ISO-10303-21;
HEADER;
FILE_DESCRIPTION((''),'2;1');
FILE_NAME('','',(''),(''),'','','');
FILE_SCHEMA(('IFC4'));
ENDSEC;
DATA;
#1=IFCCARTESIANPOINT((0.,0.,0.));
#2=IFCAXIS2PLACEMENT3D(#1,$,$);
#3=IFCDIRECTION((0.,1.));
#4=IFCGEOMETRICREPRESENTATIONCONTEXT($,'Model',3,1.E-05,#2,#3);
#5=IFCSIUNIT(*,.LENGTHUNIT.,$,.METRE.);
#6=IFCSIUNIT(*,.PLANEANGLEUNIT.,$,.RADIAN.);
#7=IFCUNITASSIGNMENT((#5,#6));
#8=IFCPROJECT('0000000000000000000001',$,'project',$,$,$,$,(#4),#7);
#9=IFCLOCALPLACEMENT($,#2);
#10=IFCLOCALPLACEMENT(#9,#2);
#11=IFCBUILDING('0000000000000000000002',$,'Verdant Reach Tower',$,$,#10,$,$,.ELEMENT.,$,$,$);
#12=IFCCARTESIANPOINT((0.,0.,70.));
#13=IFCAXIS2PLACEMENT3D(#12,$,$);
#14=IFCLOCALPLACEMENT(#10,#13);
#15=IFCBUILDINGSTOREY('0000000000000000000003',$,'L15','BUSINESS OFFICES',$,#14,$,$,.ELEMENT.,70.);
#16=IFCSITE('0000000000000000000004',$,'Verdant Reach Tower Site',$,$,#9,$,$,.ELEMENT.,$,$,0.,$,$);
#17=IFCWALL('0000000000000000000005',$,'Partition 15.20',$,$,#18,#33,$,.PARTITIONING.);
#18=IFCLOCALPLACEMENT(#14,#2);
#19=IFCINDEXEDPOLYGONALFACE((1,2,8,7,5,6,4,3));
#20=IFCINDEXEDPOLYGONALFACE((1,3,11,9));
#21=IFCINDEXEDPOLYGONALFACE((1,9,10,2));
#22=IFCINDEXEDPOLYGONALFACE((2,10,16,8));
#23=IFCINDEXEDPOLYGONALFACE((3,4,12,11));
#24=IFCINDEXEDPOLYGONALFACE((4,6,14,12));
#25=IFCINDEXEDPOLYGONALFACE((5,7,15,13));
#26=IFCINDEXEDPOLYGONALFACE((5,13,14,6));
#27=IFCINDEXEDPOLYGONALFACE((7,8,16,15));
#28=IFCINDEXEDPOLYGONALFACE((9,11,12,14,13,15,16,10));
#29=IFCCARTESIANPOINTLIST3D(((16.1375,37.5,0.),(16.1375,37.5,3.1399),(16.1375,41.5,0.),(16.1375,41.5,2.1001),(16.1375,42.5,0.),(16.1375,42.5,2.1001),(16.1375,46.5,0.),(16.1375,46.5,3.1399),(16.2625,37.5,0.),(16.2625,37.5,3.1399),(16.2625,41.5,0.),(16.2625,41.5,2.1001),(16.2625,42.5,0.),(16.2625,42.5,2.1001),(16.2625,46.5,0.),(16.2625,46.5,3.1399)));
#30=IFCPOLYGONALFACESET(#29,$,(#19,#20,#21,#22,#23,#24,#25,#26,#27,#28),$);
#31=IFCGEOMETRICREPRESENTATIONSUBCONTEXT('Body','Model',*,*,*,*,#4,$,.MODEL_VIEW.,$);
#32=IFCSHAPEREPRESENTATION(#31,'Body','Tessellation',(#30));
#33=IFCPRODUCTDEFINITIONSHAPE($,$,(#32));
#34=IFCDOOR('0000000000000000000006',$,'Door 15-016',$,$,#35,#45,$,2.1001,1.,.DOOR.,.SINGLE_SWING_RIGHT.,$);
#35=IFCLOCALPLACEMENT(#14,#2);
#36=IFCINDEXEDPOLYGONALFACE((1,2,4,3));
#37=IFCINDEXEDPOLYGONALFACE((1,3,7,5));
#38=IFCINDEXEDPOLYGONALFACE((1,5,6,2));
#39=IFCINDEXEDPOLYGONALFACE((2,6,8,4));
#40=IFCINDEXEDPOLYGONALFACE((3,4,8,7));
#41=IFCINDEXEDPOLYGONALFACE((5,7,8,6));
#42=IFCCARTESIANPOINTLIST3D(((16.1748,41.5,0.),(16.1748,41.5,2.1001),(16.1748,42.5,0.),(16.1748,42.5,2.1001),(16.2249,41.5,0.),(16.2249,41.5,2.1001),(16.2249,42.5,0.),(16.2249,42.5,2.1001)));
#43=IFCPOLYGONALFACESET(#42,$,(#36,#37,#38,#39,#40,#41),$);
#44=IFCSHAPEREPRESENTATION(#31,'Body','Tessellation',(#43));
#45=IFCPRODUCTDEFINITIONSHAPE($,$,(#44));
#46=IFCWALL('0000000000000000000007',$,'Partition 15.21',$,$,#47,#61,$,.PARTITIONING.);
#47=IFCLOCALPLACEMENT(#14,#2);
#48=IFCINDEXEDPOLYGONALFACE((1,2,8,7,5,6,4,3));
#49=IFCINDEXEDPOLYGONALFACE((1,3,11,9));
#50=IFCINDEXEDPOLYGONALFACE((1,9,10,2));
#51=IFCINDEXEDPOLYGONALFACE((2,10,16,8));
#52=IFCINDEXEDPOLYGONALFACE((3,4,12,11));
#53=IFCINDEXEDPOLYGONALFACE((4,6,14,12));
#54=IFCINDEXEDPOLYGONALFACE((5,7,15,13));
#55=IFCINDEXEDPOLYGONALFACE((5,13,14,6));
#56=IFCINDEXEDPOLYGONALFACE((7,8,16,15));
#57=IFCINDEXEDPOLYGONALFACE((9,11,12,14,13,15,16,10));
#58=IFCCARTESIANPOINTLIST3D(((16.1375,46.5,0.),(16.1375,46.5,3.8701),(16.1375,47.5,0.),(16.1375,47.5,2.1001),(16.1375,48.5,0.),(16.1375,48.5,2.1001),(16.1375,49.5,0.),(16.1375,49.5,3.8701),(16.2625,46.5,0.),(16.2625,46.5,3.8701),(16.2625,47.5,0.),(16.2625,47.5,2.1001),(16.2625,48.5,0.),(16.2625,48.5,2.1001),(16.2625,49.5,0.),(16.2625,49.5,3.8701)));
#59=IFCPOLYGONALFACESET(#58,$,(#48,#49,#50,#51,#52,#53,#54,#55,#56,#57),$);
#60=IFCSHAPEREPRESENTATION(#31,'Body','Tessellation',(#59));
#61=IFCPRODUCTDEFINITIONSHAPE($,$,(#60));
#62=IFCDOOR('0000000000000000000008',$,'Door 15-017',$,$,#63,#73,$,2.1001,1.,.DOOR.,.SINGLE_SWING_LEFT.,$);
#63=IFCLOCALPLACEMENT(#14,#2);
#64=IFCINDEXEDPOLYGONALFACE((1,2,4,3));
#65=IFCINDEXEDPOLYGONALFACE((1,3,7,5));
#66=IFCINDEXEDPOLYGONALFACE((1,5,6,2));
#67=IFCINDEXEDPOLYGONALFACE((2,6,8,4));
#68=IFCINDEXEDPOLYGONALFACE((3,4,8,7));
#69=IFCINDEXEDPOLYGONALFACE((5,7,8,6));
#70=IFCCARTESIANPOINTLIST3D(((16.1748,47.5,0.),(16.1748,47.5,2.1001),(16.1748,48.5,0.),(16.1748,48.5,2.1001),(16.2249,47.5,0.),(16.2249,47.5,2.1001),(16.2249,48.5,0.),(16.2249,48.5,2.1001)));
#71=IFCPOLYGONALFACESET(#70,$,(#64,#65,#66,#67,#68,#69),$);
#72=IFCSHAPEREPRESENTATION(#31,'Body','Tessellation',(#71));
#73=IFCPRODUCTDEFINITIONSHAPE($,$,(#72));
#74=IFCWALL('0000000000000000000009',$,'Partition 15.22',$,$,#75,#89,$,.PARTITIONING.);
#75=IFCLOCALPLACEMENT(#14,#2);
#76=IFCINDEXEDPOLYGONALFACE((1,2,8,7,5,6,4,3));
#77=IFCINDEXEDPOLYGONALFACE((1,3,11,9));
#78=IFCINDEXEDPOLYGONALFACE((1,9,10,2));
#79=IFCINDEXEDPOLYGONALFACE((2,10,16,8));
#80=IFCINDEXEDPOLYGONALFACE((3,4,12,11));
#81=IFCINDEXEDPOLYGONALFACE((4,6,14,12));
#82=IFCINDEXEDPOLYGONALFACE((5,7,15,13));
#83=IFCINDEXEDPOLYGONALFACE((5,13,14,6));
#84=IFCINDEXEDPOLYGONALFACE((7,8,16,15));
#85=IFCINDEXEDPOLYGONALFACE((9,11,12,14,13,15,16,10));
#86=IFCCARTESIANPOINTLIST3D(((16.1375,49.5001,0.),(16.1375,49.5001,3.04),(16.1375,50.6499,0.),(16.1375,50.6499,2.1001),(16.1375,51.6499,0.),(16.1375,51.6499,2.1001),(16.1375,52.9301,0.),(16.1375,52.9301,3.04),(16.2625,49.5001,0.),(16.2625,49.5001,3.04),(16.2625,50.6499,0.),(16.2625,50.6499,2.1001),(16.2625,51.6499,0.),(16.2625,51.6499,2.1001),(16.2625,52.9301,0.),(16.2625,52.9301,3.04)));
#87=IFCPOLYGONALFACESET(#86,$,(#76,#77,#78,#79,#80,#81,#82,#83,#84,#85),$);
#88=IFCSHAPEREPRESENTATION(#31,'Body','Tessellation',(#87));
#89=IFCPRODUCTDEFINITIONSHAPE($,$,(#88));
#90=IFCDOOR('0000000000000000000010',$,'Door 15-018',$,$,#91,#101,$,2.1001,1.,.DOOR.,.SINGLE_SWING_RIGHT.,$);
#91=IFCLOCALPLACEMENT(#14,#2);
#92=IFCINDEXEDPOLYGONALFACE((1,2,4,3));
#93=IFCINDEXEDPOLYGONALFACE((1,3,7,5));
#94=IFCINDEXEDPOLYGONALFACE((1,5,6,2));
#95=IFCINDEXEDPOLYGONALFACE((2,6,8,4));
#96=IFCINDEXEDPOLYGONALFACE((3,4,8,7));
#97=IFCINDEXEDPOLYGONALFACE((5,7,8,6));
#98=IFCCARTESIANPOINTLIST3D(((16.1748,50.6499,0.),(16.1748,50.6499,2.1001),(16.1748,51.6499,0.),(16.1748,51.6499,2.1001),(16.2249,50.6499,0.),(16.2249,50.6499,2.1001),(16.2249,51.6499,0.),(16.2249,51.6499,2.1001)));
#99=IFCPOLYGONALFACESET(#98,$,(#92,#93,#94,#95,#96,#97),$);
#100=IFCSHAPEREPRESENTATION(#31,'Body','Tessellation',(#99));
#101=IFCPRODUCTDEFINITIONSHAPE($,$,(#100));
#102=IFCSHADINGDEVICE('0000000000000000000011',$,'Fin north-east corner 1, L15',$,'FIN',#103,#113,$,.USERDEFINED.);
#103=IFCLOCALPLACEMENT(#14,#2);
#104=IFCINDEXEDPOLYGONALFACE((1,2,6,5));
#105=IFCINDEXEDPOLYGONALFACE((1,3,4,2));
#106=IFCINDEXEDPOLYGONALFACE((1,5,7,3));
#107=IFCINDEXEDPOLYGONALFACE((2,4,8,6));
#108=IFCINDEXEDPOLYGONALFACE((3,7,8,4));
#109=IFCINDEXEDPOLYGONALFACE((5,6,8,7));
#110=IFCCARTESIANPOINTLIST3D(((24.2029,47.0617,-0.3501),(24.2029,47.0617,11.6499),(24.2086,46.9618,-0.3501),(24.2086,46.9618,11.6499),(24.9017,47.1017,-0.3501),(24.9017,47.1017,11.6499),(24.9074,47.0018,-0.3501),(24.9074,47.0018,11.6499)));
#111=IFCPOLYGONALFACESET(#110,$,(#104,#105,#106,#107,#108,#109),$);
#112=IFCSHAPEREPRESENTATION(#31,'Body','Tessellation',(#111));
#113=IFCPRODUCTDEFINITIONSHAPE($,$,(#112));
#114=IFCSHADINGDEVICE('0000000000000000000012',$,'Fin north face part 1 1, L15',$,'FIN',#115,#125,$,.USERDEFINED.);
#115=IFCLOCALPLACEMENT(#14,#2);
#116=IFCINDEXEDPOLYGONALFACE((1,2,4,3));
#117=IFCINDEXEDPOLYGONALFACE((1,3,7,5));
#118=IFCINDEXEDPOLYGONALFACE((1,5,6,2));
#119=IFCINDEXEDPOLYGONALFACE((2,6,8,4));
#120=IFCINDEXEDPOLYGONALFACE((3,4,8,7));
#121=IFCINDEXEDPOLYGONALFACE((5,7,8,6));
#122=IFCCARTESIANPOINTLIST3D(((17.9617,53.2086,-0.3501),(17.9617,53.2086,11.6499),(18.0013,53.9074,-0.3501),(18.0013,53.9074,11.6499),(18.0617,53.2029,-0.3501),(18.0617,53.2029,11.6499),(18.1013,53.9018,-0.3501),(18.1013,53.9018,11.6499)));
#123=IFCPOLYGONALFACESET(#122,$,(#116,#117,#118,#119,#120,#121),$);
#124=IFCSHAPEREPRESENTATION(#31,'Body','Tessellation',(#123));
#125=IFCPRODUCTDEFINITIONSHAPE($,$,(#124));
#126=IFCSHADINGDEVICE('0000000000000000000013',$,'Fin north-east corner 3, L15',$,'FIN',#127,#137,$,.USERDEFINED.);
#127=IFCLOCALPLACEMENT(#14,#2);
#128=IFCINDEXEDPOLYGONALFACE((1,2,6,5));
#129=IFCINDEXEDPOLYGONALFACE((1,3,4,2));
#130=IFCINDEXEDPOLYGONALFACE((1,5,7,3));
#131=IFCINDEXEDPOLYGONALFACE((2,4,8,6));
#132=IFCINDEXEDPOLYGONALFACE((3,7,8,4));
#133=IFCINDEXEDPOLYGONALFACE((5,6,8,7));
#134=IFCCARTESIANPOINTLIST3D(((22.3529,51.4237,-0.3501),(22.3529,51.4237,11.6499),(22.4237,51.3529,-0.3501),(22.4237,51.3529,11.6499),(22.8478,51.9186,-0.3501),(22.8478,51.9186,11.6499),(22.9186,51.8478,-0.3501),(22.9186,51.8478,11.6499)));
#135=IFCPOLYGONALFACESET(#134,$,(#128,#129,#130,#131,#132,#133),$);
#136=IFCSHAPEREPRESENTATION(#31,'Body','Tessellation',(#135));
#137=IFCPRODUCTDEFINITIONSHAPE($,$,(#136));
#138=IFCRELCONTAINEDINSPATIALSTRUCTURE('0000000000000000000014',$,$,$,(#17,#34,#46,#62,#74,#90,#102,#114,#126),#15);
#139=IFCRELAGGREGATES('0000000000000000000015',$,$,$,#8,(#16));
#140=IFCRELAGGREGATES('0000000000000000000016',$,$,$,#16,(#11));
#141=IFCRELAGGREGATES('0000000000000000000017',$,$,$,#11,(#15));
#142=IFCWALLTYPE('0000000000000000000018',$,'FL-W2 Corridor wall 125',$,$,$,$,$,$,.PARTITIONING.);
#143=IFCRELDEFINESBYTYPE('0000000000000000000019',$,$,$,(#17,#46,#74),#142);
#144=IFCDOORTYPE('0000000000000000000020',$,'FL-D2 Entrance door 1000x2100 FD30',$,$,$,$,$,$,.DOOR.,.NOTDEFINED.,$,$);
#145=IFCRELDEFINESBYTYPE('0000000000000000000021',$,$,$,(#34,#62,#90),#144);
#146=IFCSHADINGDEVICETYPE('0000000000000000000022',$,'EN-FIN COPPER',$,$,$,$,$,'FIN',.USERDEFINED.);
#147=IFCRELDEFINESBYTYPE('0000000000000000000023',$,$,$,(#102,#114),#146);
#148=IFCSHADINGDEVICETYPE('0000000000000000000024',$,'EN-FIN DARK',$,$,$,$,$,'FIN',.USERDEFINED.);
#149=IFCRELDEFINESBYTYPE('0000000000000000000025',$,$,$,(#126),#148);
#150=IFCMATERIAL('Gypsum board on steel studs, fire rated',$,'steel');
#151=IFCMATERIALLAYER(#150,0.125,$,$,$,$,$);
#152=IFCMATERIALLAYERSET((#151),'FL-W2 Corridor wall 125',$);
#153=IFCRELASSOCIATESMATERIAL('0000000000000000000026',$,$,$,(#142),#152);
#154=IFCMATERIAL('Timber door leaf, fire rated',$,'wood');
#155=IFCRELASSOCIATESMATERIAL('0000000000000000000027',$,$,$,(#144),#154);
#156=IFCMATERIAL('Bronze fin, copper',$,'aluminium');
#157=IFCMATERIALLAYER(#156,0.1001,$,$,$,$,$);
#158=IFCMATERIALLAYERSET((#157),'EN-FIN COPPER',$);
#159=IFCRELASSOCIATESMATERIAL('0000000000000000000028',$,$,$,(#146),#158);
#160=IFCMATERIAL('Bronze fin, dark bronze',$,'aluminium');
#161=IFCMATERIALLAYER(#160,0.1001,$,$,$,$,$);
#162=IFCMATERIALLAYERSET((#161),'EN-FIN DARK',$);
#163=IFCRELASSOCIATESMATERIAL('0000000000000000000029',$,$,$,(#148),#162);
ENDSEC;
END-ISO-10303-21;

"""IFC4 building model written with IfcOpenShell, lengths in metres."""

from ifc_helpers import new_model, si_unit, direction, frame, frame_2d, origin, origin_2d, place, context, subcontext, project, spatial, rectangle, extrude, material, layer, layer_set, type_object, element, fill, save


model = new_model("IFC4")

# Units and contexts
model_context = context("Model", 3, precision=1e-05, world=origin(), true_north=direction((0.0, 1.0)))
body_context = subcontext(model_context, "Body", "Model", "MODEL_VIEW")
ifc_project = project(units=[si_unit("LENGTHUNIT", "METRE"), si_unit("PLANEANGLEUNIT", "RADIAN")], contexts=[model_context])

# Site, building, storey
site_placement = place(None, origin())
site = spatial("IfcSite", under=ifc_project, at=site_placement, Name="Verdant Reach Tower Site", CompositionType="ELEMENT", RefElevation=0.0)
building_placement = place(site_placement, origin())
building = spatial("IfcBuilding", under=site, at=building_placement, Name="Verdant Reach Tower", CompositionType="ELEMENT")
storey_placement = place(building_placement, frame((0.0, 0.0, 70.0)))
storey = spatial("IfcBuildingStorey", under=building, at=storey_placement, Name="L15", Description="BUSINESS OFFICES", CompositionType="ELEMENT", Elevation=70.0)

# Walls, openings, doors
ifc_material_1 = material(Name="Gypsum board on steel studs, fire rated", Category="steel")
ifc_layer_1 = layer(ifc_material_1, 0.125)
ifc_layer_set_1 = layer_set([ifc_layer_1], Name="FL-W2 Corridor wall 125")
wall_type_1 = type_object("IfcWallType", Name="FL-W2 Corridor wall 125", PredefinedType="PARTITIONING", material=ifc_layer_set_1)
wall_1_placement = place(storey_placement, frame((16.2, 46.5, 0.0), z_axis=(0.0, 0.0, 1.0), x_axis=(0.0, -1.0, 0.0)))
wall_1 = element("IfcWall", 1, at=wall_1_placement, inside=storey, type_object=wall_type_1, Name="Partition 15.20", PredefinedType="PARTITIONING", context=body_context, shape_type="SweptSolid", body=[
    extrude(rectangle(XDim=9.0, YDim=0.125, at=frame_2d((4.5, 0.0))), origin(), (0.0, 0.0, 1.0), 3.1399),
])
opening_1_placement = place(wall_1_placement, frame((4.0, 0.0, 0.0)))
opening_1 = element("IfcOpeningElement", 2, at=opening_1_placement, cuts=wall_1, PredefinedType="OPENING", context=body_context, shape_type="SweptSolid", body=[
    extrude(rectangle(XDim=1.0, YDim=2.1001, at=frame_2d((0.5, 1.05))), frame((0.0, 0.0725, 0.0), z_axis=(0.0, -1.0, 0.0), x_axis=(1.0, 0.0, 0.0)), (0.0, 0.0, 1.0), 0.145),
])
ifc_material_2 = material(Name="Timber door leaf, fire rated", Category="wood")
door_type = type_object("IfcDoorType", Name="FL-D2 Entrance door 1000x2100 FD30", OperationType="NOTDEFINED", PredefinedType="DOOR", material=ifc_material_2)
door_1_placement = place(opening_1_placement, origin())
door_1 = element("IfcDoor", 3, at=door_1_placement, inside=storey, type_object=door_type, Name="Door 15-016", OperationType="SINGLE_SWING_RIGHT", OverallHeight=2.1001, OverallWidth=1.0, PredefinedType="DOOR", context=body_context, shape_type="SweptSolid", body=[
    extrude(rectangle(XDim=1.0, YDim=2.1001, at=frame_2d((0.5, 1.05))), frame((0.0, 0.0249, 0.0), z_axis=(0.0, -1.0, 0.0), x_axis=(1.0, 0.0, 0.0)), (0.0, 0.0, 1.0), 0.05),
])
fill(opening_1, door_1)
wall_2_placement = place(storey_placement, frame((16.2, 49.5, 0.0), z_axis=(0.0, 0.0, 1.0), x_axis=(0.0, -1.0, 0.0)))
wall_2 = element("IfcWall", 4, at=wall_2_placement, inside=storey, type_object=wall_type_1, Name="Partition 15.21", PredefinedType="PARTITIONING", context=body_context, shape_type="SweptSolid", body=[
    extrude(rectangle(XDim=3.0, YDim=0.125, at=frame_2d((1.5, 0.0))), origin(), (0.0, 0.0, 1.0), 3.8701),
])
opening_2_placement = place(wall_2_placement, frame((1.0, 0.0, 0.0)))
opening_2 = element("IfcOpeningElement", 5, at=opening_2_placement, cuts=wall_2, PredefinedType="OPENING", context=body_context, shape_type="SweptSolid", body=[
    extrude(rectangle(XDim=1.0, YDim=2.1001, at=frame_2d((0.5, 1.05))), frame((0.0, 0.0725, 0.0), z_axis=(0.0, -1.0, 0.0), x_axis=(1.0, 0.0, 0.0)), (0.0, 0.0, 1.0), 0.145),
])
door_2_placement = place(opening_2_placement, origin())
door_2 = element("IfcDoor", 6, at=door_2_placement, inside=storey, type_object=door_type, Name="Door 15-017", OperationType="SINGLE_SWING_LEFT", OverallHeight=2.1001, OverallWidth=1.0, PredefinedType="DOOR", context=body_context, shape_type="SweptSolid", body=[
    extrude(rectangle(XDim=1.0, YDim=2.1001, at=frame_2d((0.5, 1.05))), frame((0.0, 0.0249, 0.0), z_axis=(0.0, -1.0, 0.0), x_axis=(1.0, 0.0, 0.0)), (0.0, 0.0, 1.0), 0.05),
])
fill(opening_2, door_2)
wall_3_placement = place(storey_placement, frame((16.2, 52.9299, 0.0), z_axis=(0.0, 0.0, 1.0), x_axis=(0.0, -1.0, 0.0)))
wall_3 = element("IfcWall", 7, at=wall_3_placement, inside=storey, type_object=wall_type_1, Name="Partition 15.22", PredefinedType="PARTITIONING", context=body_context, shape_type="SweptSolid", body=[
    extrude(rectangle(XDim=3.4299, YDim=0.125, at=frame_2d((1.7148, 0.0))), origin(), (0.0, 0.0, 1.0), 3.04),
])
opening_3_placement = place(wall_3_placement, frame((1.28, 0.0, 0.0)))
opening_3 = element("IfcOpeningElement", 8, at=opening_3_placement, cuts=wall_3, PredefinedType="OPENING", context=body_context, shape_type="SweptSolid", body=[
    extrude(rectangle(XDim=1.0, YDim=2.1001, at=frame_2d((0.5, 1.05))), frame((0.0, 0.0725, 0.0), z_axis=(0.0, -1.0, 0.0), x_axis=(1.0, 0.0, 0.0)), (0.0, 0.0, 1.0), 0.145),
])
door_3_placement = place(opening_3_placement, origin())
door_3 = element("IfcDoor", 9, at=door_3_placement, inside=storey, type_object=door_type, Name="Door 15-018", OperationType="SINGLE_SWING_RIGHT", OverallHeight=2.1001, OverallWidth=1.0, PredefinedType="DOOR", context=body_context, shape_type="SweptSolid", body=[
    extrude(rectangle(XDim=1.0, YDim=2.1001, at=frame_2d((0.5, 1.05))), frame((0.0, 0.0249, 0.0), z_axis=(0.0, -1.0, 0.0), x_axis=(1.0, 0.0, 0.0)), (0.0, 0.0, 1.0), 0.05),
])
fill(opening_3, door_3)

# Shading devices
ifc_material_3 = material(Name="Bronze fin, copper", Category="aluminium")
ifc_layer_2 = layer(ifc_material_3, 0.1001)
ifc_layer_set_2 = layer_set([ifc_layer_2], Name="EN-FIN COPPER")
shading_device_type_1 = type_object("IfcShadingDeviceType", Name="EN-FIN COPPER", ElementType="FIN", PredefinedType="USERDEFINED", material=ifc_layer_set_2)
for number, where, z_axis, x_axis, name in (
    (10, (24.5552, 47.0317, -0.3501), (0.0, 0.0, 1.0), (-0.057135, 0.998366, 0.0), "Fin north-east corner 1, L15"),
    (11, (18.0315, 53.5552, -0.3501), (0.0, 0.0, 1.0), (-0.998399, 0.056569, 0.0), "Fin north face part 1 1, L15"),
):
    element("IfcShadingDevice", number, at=place(storey_placement, frame(where, z_axis=z_axis, x_axis=x_axis)), inside=storey, type_object=shading_device_type_1, Name=name, ObjectType="FIN", PredefinedType="USERDEFINED", context=body_context, shape_type="SweptSolid", body=[
        extrude(rectangle(XDim=0.1001, YDim=0.7, at=origin_2d()), origin(), (0.0, 0.0, 1.0), 12.0),
    ])
ifc_material_4 = material(Name="Bronze fin, dark bronze", Category="aluminium")
ifc_layer_3 = layer(ifc_material_4, 0.1001)
ifc_layer_set_3 = layer_set([ifc_layer_3], Name="EN-FIN DARK")
shading_device_type_2 = type_object("IfcShadingDeviceType", Name="EN-FIN DARK", ElementType="FIN", PredefinedType="USERDEFINED", material=ifc_layer_set_3)
shading_device_placement = place(storey_placement, frame((22.6357, 51.6357, -0.3501), z_axis=(0.0, 0.0, 1.0), x_axis=(-0.707107, 0.707107, 0.0)))
element("IfcShadingDevice", 12, at=shading_device_placement, inside=storey, type_object=shading_device_type_2, Name="Fin north-east corner 3, L15", ObjectType="FIN", PredefinedType="USERDEFINED", context=body_context, shape_type="SweptSolid", body=[
    extrude(rectangle(XDim=0.1001, YDim=0.7, at=origin_2d()), origin(), (0.0, 0.0, 1.0), 12.0),
])

save(model, "model.ifc")
